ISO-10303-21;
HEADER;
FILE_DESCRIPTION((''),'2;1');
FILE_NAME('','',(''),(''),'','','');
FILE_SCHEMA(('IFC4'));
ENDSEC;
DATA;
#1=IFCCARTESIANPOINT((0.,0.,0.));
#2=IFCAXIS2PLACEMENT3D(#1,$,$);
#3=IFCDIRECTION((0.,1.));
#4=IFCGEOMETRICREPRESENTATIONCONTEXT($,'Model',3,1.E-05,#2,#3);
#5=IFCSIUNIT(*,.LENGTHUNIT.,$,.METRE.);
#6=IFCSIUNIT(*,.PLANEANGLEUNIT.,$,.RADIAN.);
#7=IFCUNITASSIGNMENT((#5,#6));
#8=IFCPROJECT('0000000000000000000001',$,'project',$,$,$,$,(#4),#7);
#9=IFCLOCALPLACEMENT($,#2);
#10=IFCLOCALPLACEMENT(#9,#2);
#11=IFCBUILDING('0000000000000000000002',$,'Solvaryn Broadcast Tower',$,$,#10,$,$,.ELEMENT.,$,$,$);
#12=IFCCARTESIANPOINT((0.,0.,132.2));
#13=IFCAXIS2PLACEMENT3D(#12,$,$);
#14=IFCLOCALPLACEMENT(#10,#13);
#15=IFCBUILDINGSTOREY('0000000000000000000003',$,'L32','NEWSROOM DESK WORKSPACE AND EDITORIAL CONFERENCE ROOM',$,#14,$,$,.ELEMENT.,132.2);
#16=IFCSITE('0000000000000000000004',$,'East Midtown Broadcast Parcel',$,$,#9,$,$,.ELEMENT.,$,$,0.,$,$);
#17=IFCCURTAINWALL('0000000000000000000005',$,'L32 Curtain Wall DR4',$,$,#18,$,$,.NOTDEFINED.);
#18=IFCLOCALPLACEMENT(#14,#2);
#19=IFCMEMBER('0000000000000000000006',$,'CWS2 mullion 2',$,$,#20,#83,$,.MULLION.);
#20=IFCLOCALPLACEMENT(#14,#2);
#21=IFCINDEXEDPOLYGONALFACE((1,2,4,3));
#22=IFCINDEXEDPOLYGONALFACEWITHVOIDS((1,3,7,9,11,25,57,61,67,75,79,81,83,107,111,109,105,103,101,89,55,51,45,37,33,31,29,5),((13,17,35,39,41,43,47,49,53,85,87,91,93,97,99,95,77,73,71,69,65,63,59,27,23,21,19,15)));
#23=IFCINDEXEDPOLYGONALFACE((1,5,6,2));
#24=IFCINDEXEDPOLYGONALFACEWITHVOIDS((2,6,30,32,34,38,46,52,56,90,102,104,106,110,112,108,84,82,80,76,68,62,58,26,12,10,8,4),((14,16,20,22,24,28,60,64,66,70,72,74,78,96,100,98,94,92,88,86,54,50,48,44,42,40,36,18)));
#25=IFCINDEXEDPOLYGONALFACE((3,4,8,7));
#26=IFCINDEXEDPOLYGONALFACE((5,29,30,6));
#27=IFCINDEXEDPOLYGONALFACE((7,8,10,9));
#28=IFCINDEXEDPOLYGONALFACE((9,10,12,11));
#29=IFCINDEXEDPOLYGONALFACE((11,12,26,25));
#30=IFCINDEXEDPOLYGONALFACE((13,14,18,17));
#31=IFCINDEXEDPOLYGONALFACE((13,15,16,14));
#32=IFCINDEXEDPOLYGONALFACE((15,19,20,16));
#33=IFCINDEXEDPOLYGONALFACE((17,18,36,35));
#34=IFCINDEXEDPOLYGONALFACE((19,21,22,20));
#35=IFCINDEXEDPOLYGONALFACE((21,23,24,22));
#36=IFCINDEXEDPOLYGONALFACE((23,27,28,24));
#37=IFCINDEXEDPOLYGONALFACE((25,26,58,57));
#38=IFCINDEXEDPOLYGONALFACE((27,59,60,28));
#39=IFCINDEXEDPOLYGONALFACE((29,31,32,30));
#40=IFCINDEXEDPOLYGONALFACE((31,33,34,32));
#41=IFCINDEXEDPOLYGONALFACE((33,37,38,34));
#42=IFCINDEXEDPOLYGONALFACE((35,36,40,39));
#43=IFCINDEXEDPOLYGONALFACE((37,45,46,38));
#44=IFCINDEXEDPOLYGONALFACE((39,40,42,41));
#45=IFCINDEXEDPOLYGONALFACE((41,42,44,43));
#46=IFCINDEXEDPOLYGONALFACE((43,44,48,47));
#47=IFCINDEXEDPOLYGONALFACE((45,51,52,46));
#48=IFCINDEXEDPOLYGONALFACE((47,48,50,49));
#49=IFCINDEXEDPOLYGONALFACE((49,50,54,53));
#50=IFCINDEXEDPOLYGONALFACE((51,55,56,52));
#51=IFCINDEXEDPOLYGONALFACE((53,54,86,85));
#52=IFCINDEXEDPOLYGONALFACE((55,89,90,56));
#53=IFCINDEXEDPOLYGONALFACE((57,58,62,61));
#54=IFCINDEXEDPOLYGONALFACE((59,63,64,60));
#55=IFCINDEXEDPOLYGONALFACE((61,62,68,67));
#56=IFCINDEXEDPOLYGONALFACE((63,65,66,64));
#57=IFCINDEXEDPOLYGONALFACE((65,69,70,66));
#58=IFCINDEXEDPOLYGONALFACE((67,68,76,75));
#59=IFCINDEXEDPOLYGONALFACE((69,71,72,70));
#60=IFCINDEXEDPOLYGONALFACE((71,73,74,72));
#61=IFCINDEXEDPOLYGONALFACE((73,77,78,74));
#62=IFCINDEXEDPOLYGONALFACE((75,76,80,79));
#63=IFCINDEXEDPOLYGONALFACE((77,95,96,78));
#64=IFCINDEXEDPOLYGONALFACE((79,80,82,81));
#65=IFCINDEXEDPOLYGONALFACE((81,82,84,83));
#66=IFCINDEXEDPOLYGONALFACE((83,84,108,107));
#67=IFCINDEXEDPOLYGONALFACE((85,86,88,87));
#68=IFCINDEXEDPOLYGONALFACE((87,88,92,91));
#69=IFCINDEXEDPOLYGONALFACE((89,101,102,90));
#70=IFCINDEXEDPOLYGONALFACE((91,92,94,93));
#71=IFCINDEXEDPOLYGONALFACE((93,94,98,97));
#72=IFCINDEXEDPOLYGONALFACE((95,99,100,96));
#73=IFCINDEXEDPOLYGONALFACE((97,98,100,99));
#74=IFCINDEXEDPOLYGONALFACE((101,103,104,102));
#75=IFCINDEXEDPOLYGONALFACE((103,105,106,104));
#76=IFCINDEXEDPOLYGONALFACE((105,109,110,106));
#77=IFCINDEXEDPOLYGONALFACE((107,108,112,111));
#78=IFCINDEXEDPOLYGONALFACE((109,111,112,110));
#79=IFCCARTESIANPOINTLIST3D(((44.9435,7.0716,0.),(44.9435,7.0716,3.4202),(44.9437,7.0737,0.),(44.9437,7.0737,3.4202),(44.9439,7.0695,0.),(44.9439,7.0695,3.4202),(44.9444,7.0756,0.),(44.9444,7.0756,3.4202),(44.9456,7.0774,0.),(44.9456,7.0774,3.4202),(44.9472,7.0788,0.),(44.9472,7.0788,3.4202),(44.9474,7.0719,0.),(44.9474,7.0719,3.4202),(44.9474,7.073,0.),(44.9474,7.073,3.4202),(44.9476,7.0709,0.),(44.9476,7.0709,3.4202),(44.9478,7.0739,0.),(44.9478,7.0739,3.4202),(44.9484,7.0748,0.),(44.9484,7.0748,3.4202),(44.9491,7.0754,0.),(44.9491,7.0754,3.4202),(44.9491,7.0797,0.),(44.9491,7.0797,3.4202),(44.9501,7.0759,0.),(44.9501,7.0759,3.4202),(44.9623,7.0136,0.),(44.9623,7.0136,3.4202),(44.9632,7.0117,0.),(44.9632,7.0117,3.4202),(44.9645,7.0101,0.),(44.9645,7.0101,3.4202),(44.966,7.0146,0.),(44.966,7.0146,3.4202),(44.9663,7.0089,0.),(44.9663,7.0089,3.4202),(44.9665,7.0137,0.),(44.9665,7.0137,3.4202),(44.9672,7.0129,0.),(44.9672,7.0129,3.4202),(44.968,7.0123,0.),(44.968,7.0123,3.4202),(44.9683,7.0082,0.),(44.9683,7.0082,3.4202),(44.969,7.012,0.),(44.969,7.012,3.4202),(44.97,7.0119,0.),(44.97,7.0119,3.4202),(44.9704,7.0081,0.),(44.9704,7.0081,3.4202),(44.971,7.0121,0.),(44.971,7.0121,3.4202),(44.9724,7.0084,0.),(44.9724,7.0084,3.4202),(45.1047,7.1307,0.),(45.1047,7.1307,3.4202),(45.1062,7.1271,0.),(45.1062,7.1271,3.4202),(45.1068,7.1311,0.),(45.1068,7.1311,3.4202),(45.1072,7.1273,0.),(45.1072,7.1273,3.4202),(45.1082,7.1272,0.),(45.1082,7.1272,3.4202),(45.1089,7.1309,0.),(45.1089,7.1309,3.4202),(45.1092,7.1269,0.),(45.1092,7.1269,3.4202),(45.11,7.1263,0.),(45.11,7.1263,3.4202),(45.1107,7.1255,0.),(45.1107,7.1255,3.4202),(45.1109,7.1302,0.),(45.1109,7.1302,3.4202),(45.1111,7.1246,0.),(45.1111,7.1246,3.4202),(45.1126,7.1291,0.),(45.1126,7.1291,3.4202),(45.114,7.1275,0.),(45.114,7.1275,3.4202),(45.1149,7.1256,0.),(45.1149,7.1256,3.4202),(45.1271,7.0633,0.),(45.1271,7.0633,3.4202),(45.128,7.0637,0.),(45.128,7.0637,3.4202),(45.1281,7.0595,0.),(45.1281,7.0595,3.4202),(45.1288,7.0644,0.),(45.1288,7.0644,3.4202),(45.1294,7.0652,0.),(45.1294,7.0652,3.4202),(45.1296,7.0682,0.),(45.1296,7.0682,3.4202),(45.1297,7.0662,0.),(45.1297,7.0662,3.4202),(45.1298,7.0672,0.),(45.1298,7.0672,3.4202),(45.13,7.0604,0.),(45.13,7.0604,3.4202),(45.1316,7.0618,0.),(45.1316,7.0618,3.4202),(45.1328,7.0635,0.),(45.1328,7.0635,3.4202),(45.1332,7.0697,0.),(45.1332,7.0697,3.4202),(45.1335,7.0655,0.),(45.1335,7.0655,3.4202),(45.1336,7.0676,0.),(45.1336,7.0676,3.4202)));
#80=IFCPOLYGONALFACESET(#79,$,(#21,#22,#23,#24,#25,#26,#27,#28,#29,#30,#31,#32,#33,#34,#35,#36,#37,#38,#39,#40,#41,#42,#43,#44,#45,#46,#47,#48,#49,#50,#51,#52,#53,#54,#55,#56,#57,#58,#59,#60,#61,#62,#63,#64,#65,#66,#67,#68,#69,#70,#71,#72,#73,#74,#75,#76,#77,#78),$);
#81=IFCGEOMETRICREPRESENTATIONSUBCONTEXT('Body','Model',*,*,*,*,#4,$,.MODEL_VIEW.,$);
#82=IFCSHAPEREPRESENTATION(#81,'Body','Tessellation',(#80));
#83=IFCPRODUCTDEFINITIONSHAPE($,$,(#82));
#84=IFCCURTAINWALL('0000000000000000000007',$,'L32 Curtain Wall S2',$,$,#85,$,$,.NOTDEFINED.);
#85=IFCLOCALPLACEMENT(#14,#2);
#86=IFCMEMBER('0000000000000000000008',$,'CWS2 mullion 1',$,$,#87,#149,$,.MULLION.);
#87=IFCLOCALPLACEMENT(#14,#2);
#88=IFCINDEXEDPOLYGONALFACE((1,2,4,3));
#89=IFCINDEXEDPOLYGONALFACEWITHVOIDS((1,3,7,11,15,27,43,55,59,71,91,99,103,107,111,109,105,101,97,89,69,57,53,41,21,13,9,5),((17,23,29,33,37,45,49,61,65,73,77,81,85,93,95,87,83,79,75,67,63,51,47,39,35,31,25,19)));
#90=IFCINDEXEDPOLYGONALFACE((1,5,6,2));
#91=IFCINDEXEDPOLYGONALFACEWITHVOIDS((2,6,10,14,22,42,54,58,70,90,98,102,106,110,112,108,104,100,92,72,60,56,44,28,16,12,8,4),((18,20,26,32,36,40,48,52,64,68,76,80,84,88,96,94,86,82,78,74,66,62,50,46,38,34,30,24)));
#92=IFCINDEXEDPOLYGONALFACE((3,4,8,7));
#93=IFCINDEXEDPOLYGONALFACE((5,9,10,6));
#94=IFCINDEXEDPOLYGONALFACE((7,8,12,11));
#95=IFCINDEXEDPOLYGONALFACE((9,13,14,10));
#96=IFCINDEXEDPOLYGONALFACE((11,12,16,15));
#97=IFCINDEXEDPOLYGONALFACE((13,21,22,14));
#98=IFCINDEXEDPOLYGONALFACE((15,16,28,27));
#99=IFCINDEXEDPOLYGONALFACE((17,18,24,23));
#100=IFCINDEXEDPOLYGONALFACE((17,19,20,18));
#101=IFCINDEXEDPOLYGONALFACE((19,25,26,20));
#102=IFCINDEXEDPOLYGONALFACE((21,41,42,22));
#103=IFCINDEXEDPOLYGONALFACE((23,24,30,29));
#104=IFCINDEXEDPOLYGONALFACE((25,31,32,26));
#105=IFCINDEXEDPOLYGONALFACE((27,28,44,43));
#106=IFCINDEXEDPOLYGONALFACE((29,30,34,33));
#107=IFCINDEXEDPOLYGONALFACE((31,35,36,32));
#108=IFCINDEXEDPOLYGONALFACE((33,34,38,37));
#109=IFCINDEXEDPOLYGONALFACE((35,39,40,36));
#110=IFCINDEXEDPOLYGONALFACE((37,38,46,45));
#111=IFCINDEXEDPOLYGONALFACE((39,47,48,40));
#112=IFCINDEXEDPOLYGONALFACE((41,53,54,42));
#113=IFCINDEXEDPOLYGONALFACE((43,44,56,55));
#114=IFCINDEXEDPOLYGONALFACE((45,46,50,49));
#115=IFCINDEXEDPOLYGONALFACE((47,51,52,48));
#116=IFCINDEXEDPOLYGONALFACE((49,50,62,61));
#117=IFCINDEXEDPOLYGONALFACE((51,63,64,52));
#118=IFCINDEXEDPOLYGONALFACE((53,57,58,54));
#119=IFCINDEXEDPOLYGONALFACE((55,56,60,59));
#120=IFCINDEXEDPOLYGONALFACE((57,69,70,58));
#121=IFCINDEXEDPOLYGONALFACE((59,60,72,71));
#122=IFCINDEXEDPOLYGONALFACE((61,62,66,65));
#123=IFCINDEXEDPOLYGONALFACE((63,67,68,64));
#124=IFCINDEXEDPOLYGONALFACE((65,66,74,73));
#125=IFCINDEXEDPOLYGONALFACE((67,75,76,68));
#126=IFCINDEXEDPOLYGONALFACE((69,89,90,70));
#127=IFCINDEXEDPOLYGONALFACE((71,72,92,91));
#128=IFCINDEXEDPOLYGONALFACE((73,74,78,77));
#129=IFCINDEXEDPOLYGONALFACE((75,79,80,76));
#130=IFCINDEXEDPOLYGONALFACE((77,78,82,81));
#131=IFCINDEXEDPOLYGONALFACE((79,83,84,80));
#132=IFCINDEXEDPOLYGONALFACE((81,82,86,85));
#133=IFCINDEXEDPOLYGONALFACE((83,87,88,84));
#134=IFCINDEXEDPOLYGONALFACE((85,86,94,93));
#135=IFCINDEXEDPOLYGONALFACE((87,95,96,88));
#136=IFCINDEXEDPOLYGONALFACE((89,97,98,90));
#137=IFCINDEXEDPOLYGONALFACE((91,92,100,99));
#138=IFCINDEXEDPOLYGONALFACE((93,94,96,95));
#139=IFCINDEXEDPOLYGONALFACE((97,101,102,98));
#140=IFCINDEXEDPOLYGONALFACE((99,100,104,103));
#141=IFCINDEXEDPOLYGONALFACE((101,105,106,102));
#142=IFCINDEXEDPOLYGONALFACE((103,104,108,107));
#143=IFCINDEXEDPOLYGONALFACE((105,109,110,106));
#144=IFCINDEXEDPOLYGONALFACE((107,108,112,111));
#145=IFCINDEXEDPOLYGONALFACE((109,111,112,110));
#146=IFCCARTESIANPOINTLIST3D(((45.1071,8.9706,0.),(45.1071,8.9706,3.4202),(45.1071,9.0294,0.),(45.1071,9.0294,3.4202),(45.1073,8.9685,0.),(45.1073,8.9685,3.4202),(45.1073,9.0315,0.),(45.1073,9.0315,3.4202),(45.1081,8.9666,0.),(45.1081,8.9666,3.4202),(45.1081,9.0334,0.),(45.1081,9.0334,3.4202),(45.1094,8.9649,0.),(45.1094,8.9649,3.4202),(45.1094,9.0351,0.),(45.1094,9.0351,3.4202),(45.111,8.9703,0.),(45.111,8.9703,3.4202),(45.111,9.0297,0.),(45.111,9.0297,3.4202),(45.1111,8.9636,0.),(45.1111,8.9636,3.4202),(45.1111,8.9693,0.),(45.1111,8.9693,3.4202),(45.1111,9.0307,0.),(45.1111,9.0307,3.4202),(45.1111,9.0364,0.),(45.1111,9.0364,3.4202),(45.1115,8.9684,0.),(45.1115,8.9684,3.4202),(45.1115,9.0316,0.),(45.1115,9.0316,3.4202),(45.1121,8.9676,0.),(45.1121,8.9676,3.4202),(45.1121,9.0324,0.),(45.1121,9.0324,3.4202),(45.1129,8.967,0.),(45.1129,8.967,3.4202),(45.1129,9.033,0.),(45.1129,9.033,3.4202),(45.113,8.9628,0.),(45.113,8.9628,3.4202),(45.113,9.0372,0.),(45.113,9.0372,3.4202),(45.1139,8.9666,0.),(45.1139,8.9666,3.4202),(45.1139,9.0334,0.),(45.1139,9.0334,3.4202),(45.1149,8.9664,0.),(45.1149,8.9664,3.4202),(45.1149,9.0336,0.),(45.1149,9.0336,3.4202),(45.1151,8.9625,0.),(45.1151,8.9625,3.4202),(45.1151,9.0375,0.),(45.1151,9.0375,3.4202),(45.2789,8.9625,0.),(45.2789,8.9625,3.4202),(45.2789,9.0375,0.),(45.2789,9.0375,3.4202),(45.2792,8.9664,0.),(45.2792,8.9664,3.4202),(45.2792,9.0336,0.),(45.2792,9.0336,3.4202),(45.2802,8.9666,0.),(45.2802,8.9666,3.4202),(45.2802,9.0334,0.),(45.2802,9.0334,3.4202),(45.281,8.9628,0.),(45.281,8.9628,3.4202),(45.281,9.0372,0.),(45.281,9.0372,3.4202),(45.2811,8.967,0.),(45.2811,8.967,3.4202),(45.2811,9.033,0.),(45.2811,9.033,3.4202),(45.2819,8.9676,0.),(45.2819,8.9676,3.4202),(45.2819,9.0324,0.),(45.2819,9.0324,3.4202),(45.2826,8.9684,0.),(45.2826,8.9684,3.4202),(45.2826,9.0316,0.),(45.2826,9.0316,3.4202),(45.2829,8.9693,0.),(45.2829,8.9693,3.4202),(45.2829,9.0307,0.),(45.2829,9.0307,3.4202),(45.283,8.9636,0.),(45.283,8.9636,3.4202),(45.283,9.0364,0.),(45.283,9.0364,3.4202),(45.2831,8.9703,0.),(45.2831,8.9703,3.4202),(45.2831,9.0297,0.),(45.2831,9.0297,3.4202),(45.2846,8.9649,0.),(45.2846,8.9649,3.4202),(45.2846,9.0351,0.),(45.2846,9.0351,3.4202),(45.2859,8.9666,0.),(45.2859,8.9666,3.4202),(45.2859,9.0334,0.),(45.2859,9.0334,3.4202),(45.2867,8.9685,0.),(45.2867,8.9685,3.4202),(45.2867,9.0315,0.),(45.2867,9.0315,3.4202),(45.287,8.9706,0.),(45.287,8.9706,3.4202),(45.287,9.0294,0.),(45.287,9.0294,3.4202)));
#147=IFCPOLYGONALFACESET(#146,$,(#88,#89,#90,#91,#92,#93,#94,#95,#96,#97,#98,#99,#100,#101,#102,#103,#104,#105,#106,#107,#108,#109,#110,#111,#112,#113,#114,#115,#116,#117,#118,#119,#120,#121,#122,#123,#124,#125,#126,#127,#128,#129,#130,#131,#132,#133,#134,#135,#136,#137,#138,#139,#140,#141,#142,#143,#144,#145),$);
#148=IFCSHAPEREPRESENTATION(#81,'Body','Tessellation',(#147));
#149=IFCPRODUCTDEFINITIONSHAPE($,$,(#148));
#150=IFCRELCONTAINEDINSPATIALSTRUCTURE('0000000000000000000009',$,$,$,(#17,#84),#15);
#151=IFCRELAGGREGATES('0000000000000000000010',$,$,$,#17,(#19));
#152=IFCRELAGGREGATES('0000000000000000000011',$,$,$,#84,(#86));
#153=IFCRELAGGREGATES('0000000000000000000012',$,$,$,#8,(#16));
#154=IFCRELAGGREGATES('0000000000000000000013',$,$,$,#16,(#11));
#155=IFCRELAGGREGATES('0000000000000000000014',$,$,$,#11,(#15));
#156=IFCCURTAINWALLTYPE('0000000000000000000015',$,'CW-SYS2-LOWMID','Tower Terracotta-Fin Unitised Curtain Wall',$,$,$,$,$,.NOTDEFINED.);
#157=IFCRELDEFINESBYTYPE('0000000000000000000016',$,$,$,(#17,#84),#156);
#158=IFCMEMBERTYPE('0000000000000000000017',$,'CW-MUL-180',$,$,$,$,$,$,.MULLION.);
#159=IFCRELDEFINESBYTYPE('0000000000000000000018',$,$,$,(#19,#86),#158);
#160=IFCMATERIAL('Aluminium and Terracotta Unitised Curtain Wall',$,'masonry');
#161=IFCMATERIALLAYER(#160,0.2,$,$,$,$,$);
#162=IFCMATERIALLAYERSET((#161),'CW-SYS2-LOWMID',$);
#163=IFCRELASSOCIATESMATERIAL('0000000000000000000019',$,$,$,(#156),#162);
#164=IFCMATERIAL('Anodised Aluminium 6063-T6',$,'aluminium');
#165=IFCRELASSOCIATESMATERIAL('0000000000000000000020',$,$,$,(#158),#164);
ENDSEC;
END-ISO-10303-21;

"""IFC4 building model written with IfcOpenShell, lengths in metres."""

from ifc_helpers import new_model, si_unit, direction, frame, origin, origin_2d, place, context, subcontext, project, spatial, hollow_rectangle, extrude, material, layer, layer_set, material_profile, profile_set, type_object, element, aggregate, save


model = new_model("IFC4")

# Units and contexts
model_context = context("Model", 3, precision=1e-05, world=origin(), true_north=direction((0.0, 1.0)))
body_context = subcontext(model_context, "Body", "Model", "MODEL_VIEW")
ifc_project = project(units=[si_unit("LENGTHUNIT", "METRE"), si_unit("PLANEANGLEUNIT", "RADIAN")], contexts=[model_context])

# Site, building, storey
site_placement = place(None, origin())
site = spatial("IfcSite", under=ifc_project, at=site_placement, Name="East Midtown Broadcast Parcel", CompositionType="ELEMENT", RefElevation=0.0)
building_placement = place(site_placement, origin())
building = spatial("IfcBuilding", under=site, at=building_placement, Name="Solvaryn Broadcast Tower", CompositionType="ELEMENT")
storey_placement = place(building_placement, frame((0.0, 0.0, 132.2)))
storey = spatial("IfcBuildingStorey", under=building, at=storey_placement, Name="L32", Description="NEWSROOM DESK WORKSPACE AND EDITORIAL CONFERENCE ROOM", CompositionType="ELEMENT", Elevation=132.2)

# Curtain wall, member
ifc_material_1 = material(Name="Aluminium and Terracotta Unitised Curtain Wall", Category="masonry")
ifc_layer_1 = layer(ifc_material_1, 0.2)
ifc_layer_set_1 = layer_set([ifc_layer_1], Name="CW-SYS2-LOWMID")
curtain_wall_type = type_object("IfcCurtainWallType", Name="CW-SYS2-LOWMID", Description="Tower Terracotta-Fin Unitised Curtain Wall", PredefinedType="NOTDEFINED", material=ifc_layer_set_1)
curtain_wall_1_placement = place(storey_placement, origin())
curtain_wall_1 = element("IfcCurtainWall", 1, at=curtain_wall_1_placement, inside=storey, type_object=curtain_wall_type, Name="L32 Curtain Wall DR4", PredefinedType="NOTDEFINED")
ifc_material_2 = material(Name="Anodised Aluminium 6063-T6", Category="aluminium")
ifc_material_profile_1 = material_profile(ifc_material_2, hollow_rectangle(XDim=0.075, YDim=0.1799, WallThickness=0.0039, InnerFilletRadius=0.0039, OuterFilletRadius=0.0081, at=origin_2d()))
ifc_profile_set_1 = profile_set([ifc_material_profile_1], Name="Anodised Aluminium 6063-T6")
member_type_1 = type_object("IfcMemberType", Name="CW-MUL-180", PredefinedType="MULLION", material=ifc_profile_set_1)
member_1_placement = place(storey_placement, frame((45.0386, 7.0696, 0.0), z_axis=(0.0, 0.0, 1.0), x_axis=(-0.311646, 0.950198, 0.0)))
member_1 = element("IfcMember", 2, at=member_1_placement, type_object=member_type_1, Name="CWS2 mullion 2", PredefinedType="MULLION", context=body_context, shape_type="SweptSolid", body=[
    extrude(hollow_rectangle(XDim=0.075, YDim=0.1799, WallThickness=0.0039, InnerFilletRadius=0.0039, OuterFilletRadius=0.0081, at=origin_2d()), origin(), (0.0, 0.0, 1.0), 3.4202),
])
aggregate(curtain_wall_1, [member_1])

# Curtain wall, member
curtain_wall_2_placement = place(storey_placement, origin())
curtain_wall_2 = element("IfcCurtainWall", 3, at=curtain_wall_2_placement, inside=storey, type_object=curtain_wall_type, Name="L32 Curtain Wall S2", PredefinedType="NOTDEFINED")
member_2_placement = place(storey_placement, frame((45.197, 9.0, 0.0), z_axis=(0.0, 0.0, 1.0), x_axis=(0.0, 1.0, 0.0)))
member_2 = element("IfcMember", 4, at=member_2_placement, type_object=member_type_1, Name="CWS2 mullion 1", PredefinedType="MULLION", context=body_context, shape_type="SweptSolid", body=[
    extrude(hollow_rectangle(XDim=0.075, YDim=0.1799, WallThickness=0.0039, InnerFilletRadius=0.0039, OuterFilletRadius=0.0081, at=origin_2d()), origin(), (0.0, 0.0, 1.0), 3.4202),
])
aggregate(curtain_wall_2, [member_2])

save(model, "model.ifc")
